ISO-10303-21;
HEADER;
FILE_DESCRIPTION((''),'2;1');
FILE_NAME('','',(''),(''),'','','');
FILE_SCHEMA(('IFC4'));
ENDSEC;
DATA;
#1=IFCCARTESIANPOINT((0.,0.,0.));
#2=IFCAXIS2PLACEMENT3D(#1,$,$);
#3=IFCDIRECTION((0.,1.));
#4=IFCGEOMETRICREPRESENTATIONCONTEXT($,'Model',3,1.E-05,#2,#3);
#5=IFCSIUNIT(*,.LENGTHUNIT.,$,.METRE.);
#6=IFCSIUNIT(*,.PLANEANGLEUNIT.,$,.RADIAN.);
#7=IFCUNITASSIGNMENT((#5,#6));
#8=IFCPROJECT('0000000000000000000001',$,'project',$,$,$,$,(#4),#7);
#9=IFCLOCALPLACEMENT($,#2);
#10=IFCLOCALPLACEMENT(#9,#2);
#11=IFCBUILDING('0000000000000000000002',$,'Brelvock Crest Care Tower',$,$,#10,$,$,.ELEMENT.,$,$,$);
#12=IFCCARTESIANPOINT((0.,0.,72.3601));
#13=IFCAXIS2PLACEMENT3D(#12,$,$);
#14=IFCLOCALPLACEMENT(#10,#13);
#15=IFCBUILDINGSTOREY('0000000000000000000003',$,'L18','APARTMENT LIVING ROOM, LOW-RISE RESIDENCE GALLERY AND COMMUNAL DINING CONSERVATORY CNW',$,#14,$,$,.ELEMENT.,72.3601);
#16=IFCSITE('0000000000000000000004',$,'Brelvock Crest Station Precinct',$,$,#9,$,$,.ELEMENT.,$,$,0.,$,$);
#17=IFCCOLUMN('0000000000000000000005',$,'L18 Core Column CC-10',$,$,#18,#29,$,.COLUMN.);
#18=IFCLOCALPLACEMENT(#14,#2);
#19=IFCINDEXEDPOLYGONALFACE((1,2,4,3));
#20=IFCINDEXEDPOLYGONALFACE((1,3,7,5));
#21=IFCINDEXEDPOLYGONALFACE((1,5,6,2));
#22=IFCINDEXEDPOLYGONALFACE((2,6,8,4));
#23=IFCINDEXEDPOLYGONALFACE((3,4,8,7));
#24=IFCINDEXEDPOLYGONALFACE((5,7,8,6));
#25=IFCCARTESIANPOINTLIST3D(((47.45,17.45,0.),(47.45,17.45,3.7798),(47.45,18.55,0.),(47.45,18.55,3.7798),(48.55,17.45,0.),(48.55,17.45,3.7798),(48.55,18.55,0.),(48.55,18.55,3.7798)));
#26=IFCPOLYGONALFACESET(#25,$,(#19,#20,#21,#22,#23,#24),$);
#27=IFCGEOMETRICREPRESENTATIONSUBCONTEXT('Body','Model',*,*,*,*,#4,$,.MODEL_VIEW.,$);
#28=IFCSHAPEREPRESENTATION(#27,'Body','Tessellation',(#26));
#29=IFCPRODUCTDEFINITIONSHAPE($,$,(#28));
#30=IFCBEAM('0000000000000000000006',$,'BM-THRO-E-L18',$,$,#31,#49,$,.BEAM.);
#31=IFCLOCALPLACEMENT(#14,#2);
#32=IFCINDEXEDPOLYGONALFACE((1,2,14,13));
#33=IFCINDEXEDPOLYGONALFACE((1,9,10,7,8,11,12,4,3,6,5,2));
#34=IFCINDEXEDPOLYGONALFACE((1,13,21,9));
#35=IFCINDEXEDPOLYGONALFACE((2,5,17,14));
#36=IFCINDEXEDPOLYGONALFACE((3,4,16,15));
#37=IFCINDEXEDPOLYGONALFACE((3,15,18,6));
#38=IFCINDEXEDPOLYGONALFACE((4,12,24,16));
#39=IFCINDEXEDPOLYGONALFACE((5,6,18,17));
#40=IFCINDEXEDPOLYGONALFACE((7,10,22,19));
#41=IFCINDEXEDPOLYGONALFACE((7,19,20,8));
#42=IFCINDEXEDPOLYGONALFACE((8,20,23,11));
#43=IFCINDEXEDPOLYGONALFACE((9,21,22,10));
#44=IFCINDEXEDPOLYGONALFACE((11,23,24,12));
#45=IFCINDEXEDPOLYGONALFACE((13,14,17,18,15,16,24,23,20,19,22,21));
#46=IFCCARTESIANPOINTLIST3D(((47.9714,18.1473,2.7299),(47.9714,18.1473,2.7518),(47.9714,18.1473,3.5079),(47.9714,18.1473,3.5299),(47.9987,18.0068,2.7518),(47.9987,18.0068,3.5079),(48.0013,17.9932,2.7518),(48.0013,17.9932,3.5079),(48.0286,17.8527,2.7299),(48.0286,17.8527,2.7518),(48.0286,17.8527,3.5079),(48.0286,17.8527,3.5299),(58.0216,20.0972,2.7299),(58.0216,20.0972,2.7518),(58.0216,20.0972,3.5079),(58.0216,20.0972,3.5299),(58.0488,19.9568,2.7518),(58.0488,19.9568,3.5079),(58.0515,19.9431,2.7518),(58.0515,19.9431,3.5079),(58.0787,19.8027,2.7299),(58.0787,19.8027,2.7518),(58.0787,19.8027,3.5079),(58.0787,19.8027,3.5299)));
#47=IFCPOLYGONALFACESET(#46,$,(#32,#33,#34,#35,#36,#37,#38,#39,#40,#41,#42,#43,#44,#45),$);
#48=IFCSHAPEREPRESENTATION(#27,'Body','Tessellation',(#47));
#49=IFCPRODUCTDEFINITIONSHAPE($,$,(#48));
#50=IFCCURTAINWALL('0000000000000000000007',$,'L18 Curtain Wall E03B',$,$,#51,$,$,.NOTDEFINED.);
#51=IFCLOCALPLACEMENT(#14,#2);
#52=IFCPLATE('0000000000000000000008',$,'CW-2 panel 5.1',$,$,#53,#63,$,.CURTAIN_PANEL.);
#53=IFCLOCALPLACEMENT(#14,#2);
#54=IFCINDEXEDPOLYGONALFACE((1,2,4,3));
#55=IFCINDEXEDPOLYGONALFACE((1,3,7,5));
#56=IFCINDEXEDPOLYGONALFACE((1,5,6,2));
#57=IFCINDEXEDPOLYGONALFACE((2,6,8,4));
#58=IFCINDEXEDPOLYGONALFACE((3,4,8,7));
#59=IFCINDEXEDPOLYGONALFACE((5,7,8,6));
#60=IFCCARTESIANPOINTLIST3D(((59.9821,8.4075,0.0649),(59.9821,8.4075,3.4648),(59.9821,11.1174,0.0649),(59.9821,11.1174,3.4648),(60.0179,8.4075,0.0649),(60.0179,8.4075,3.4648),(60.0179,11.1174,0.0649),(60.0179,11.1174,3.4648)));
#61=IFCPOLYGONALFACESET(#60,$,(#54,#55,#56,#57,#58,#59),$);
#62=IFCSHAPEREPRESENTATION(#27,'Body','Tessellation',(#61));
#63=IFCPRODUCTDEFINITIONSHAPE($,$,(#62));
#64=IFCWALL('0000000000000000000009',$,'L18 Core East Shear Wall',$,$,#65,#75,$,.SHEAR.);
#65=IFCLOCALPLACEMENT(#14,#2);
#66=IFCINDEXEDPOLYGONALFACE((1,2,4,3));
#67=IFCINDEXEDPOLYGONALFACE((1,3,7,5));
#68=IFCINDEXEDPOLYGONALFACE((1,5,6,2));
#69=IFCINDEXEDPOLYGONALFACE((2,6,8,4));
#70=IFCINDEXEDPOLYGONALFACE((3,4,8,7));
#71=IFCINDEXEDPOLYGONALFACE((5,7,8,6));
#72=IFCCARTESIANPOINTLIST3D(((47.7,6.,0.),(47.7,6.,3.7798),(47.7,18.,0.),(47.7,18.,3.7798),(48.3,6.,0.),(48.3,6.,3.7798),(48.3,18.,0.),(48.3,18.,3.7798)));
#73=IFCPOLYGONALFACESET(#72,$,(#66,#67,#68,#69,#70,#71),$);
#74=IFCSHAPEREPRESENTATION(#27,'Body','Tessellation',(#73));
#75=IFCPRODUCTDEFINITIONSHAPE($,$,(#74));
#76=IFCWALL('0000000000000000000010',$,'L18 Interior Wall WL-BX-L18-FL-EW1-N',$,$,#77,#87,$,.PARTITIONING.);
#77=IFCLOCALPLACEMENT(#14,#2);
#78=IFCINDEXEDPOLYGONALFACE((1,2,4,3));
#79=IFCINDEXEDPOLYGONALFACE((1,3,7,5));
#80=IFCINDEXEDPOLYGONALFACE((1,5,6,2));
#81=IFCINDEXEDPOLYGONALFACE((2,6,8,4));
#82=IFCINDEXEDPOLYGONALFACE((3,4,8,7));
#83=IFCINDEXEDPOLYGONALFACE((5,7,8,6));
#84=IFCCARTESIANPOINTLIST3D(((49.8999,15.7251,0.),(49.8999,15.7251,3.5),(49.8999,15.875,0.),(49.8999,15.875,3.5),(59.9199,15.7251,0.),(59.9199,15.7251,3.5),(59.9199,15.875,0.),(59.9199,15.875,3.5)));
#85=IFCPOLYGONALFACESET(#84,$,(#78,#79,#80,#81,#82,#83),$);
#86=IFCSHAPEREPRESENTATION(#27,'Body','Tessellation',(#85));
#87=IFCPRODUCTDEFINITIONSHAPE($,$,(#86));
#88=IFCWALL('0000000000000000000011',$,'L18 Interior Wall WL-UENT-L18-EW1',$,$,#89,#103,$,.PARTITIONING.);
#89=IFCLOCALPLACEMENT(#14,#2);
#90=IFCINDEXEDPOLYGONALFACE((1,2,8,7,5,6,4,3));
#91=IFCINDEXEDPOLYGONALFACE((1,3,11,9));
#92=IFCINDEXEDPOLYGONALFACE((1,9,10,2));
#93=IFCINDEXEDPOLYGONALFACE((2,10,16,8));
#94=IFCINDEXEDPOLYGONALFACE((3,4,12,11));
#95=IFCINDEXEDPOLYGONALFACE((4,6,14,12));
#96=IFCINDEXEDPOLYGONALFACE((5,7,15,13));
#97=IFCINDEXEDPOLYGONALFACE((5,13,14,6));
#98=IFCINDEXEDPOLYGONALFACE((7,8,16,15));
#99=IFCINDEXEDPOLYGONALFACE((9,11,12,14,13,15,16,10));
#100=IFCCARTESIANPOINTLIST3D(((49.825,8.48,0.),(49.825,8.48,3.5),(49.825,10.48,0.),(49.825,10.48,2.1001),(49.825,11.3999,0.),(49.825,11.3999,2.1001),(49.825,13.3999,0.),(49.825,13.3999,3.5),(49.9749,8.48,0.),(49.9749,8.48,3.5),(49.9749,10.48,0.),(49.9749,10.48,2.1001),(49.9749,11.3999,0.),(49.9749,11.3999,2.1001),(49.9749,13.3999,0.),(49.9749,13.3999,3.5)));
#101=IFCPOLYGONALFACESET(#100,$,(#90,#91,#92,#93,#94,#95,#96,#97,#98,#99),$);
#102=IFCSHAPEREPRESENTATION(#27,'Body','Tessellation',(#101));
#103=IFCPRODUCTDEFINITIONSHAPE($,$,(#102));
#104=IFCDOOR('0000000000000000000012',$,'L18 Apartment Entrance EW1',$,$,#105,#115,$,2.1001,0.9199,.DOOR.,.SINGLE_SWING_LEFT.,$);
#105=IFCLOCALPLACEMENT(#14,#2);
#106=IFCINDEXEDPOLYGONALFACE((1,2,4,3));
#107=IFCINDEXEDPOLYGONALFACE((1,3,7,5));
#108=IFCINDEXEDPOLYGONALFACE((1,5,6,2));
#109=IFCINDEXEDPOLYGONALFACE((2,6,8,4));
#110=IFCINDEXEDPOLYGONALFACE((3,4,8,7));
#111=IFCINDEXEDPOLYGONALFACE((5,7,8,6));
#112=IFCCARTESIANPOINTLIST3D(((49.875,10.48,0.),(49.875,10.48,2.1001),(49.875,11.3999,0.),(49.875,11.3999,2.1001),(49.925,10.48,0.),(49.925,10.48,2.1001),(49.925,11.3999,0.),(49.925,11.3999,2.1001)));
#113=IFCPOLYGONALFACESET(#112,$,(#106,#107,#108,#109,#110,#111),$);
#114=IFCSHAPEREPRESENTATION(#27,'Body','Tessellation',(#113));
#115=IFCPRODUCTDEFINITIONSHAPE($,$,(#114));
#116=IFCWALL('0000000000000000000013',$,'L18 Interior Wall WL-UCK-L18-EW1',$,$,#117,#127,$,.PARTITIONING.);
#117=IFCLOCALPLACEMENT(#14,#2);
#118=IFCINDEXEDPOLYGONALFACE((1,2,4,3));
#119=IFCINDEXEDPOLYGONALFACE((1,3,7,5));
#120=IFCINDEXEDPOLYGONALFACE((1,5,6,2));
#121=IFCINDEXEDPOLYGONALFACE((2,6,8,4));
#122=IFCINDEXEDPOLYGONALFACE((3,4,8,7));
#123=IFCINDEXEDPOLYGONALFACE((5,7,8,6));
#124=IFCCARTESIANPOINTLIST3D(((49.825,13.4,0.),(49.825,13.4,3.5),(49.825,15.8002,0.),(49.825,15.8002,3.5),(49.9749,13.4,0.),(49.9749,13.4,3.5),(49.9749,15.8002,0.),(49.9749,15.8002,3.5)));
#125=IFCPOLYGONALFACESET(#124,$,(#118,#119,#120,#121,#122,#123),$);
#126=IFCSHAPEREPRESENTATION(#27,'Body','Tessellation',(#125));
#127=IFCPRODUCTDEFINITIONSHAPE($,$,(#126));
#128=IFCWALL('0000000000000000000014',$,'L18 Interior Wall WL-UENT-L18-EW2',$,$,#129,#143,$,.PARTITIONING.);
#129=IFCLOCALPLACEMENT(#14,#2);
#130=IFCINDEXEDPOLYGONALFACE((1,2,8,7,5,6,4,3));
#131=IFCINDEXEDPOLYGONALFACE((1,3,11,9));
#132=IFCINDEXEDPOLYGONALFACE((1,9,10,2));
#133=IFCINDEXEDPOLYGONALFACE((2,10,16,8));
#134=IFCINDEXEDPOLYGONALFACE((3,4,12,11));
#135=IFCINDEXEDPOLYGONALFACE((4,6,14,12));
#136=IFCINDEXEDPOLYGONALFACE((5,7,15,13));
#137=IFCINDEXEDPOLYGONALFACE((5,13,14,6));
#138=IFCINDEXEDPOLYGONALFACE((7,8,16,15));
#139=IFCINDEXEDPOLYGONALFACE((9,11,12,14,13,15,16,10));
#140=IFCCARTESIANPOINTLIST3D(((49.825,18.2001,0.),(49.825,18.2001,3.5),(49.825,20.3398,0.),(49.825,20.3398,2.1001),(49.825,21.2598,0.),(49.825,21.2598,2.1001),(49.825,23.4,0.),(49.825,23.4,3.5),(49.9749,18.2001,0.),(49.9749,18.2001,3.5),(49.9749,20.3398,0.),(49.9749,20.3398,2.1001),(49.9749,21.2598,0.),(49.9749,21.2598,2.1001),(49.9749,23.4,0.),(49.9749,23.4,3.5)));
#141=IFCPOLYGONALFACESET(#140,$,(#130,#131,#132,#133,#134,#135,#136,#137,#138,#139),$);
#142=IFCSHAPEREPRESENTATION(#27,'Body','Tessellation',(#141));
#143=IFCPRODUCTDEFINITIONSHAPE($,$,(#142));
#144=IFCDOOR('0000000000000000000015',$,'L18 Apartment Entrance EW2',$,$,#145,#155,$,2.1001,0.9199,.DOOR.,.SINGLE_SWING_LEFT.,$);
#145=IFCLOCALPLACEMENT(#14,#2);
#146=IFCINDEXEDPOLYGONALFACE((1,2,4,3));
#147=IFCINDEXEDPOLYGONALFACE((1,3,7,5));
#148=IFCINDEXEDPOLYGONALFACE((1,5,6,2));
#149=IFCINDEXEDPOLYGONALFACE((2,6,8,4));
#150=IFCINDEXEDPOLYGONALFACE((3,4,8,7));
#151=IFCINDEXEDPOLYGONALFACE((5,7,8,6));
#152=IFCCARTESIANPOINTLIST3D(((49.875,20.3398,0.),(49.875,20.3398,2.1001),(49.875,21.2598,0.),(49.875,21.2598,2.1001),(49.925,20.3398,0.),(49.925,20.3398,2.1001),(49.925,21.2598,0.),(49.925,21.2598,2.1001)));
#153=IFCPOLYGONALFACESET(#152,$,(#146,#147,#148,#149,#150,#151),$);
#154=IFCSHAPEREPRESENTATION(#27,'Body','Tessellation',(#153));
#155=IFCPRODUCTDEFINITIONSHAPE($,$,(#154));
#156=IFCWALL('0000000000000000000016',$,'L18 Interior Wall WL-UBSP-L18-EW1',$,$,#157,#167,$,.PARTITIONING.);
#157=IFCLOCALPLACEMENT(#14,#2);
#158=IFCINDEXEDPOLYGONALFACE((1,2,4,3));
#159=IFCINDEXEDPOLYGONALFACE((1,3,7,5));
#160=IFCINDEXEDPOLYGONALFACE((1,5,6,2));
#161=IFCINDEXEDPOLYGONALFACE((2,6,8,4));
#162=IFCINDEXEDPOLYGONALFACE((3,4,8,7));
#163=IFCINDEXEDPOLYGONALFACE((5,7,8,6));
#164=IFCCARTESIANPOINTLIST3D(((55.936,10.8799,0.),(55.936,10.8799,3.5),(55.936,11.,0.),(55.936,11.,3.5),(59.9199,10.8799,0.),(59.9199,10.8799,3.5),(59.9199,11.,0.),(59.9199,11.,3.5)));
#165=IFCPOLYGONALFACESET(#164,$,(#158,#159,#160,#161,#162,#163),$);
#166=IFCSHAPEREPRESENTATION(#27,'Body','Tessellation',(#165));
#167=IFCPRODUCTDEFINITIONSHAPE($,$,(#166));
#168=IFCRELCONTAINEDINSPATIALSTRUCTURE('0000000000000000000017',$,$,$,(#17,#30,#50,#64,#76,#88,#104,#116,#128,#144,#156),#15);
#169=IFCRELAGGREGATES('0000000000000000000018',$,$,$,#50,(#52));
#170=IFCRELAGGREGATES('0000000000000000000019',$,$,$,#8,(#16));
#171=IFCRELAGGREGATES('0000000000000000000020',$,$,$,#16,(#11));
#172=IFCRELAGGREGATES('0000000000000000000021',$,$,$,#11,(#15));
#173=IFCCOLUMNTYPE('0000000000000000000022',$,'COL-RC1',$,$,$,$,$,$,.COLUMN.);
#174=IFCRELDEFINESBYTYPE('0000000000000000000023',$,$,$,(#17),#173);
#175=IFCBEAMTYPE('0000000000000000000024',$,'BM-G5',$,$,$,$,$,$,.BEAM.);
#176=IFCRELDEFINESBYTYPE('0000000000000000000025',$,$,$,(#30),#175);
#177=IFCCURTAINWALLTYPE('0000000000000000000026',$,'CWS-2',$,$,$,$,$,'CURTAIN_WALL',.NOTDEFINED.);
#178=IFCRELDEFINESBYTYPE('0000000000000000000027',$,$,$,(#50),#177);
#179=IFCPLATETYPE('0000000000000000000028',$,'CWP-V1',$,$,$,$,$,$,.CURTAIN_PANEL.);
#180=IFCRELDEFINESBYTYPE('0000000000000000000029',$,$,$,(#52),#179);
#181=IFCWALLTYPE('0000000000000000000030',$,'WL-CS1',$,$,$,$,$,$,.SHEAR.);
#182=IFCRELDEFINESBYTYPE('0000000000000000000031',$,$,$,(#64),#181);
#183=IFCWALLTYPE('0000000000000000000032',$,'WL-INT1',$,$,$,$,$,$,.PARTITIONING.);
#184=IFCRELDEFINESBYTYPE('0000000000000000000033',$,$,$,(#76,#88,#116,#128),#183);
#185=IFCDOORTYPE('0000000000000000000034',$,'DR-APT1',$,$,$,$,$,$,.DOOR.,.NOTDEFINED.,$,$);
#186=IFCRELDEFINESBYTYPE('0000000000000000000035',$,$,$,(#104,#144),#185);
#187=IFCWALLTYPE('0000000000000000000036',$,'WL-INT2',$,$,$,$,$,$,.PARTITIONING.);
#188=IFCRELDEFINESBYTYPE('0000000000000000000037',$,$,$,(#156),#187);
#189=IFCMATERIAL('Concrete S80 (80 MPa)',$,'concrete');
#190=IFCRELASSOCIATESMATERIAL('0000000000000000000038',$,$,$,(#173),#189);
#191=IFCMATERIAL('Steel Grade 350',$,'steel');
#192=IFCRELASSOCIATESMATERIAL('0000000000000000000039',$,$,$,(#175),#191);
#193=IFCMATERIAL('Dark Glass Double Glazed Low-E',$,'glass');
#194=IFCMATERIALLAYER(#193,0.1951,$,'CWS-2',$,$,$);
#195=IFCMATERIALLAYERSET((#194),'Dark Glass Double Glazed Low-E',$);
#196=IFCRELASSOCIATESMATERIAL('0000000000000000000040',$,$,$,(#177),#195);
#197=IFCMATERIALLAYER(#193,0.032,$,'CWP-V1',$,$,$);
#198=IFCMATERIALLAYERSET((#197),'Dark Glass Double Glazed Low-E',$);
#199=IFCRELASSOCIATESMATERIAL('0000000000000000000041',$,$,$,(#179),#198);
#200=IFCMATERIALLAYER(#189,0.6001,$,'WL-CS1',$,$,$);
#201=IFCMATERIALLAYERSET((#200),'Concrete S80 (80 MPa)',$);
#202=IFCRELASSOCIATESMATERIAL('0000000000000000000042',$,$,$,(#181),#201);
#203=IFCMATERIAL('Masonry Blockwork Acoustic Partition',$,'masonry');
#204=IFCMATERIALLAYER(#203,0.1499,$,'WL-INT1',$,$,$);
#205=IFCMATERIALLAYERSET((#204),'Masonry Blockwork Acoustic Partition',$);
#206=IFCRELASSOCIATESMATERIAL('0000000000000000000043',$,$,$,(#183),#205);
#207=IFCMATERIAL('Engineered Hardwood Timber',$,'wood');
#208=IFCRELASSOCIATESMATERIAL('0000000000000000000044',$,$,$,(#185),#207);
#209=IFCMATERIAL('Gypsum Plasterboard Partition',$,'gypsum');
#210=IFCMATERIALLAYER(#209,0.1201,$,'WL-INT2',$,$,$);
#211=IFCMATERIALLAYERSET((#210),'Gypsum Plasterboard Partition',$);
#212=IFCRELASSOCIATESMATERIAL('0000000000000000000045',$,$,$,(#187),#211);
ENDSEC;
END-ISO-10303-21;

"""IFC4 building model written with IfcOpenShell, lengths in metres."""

from ifc_helpers import new_model, si_unit, direction, frame, frame_2d, origin, origin_2d, place, context, subcontext, project, spatial, rectangle, i_section, extrude, source, transform, mapped, material, layer, layer_set, material_profile, profile_set, type_object, element, fill, aggregate, save


model = new_model("IFC4")

# Units and contexts
model_context = context("Model", 3, precision=1e-05, world=origin(), true_north=direction((0.0, 1.0)))
body_context = subcontext(model_context, "Body", "Model", "MODEL_VIEW")
ifc_project = project(units=[si_unit("LENGTHUNIT", "METRE"), si_unit("PLANEANGLEUNIT", "RADIAN")], contexts=[model_context])

# Site, building, storey
site_placement = place(None, origin())
site = spatial("IfcSite", under=ifc_project, at=site_placement, Name="Brelvock Crest Station Precinct", CompositionType="ELEMENT", RefElevation=0.0)
building_placement = place(site_placement, origin())
building = spatial("IfcBuilding", under=site, at=building_placement, Name="Brelvock Crest Care Tower", CompositionType="ELEMENT")
storey_placement = place(building_placement, frame((0.0, 0.0, 72.3601)))
storey = spatial("IfcBuildingStorey", under=building, at=storey_placement, Name="L18", Description="APARTMENT LIVING ROOM, LOW-RISE RESIDENCE GALLERY AND COMMUNAL DINING CONSERVATORY CNW", CompositionType="ELEMENT", Elevation=72.3601)

# Column
ifc_material_1 = material(Name="Concrete S80 (80 MPa)", Category="concrete")
ifc_material_profile_1 = material_profile(ifc_material_1, rectangle(XDim=1.1001, YDim=1.1001, at=origin_2d()), Name="RC1100x1100")
ifc_profile_set_1 = profile_set([ifc_material_profile_1], Name="Concrete S80 (80 MPa)")
column_type = type_object("IfcColumnType", Name="COL-RC1", PredefinedType="COLUMN", material=ifc_profile_set_1)
shared_shape_1 = source(origin(), body_context, "Body", "SweptSolid", [
    extrude(rectangle(XDim=1.1001, YDim=1.1001, at=origin_2d()), origin(), (0.0, 0.0, 1.0), 3.7798),
])
column_placement = place(storey_placement, frame((48.0, 18.0, 0.0), z_axis=(0.0, 0.0, 1.0), x_axis=(1.0, 0.0, 0.0)))
element("IfcColumn", 1, at=column_placement, inside=storey, type_object=column_type, Name="L18 Core Column CC-10", PredefinedType="COLUMN", context=body_context, shape_type="MappedRepresentation", body=[
    mapped(shared_shape_1, transform((0.0, 0.0, 0.0), x_axis=(1.0, 0.0, 0.0), y_axis=(0.0, 1.0, 0.0), z_axis=(0.0, 0.0, 1.0), scale=1.0)),
])

# Beam
ifc_material_2 = material(Name="Steel Grade 350", Category="steel")
ifc_material_profile_2 = material_profile(ifc_material_2, i_section(OverallWidth=0.3, OverallDepth=0.8, WebThickness=0.0139, FlangeThickness=0.022, at=origin_2d()), Name="800WB192")
ifc_profile_set_2 = profile_set([ifc_material_profile_2], Name="Steel Grade 350")
beam_type = type_object("IfcBeamType", Name="BM-G5", PredefinedType="BEAM", material=ifc_profile_set_2)
shared_shape_2 = source(origin(), body_context, "Body", "SweptSolid", [
    extrude(i_section(OverallWidth=0.3, OverallDepth=0.8, WebThickness=0.0139, FlangeThickness=0.022, at=origin_2d()), origin(), (0.0, 0.0, 1.0), 10.2375),
])
beam_placement = place(storey_placement, frame((48.0, 18.0, 3.1299), z_axis=(0.981693, 0.190472, 0.0), x_axis=(-0.190472, 0.981693, 0.0)))
element("IfcBeam", 2, at=beam_placement, inside=storey, type_object=beam_type, Name="BM-THRO-E-L18", PredefinedType="BEAM", context=body_context, shape_type="MappedRepresentation", body=[
    mapped(shared_shape_2, transform((0.0, 0.0, 0.0), x_axis=(1.0, 0.0, 0.0), y_axis=(0.0, 1.0, 0.0), z_axis=(0.0, 0.0, 1.0), scale=1.0)),
])

# Curtain wall, plate
ifc_material_3 = material(Name="Dark Glass Double Glazed Low-E", Category="glass")
ifc_layer_1 = layer(ifc_material_3, 0.1951, Name="CWS-2")
ifc_layer_set_1 = layer_set([ifc_layer_1], Name="Dark Glass Double Glazed Low-E")
curtain_wall_type = type_object("IfcCurtainWallType", Name="CWS-2", ElementType="CURTAIN_WALL", PredefinedType="NOTDEFINED", material=ifc_layer_set_1)
curtain_wall_placement = place(storey_placement, origin())
curtain_wall = element("IfcCurtainWall", 3, at=curtain_wall_placement, inside=storey, type_object=curtain_wall_type, Name="L18 Curtain Wall E03B", PredefinedType="NOTDEFINED")
ifc_layer_2 = layer(ifc_material_3, 0.032, Name="CWP-V1")
ifc_layer_set_2 = layer_set([ifc_layer_2], Name="Dark Glass Double Glazed Low-E")
plate_type = type_object("IfcPlateType", Name="CWP-V1", PredefinedType="CURTAIN_PANEL", material=ifc_layer_set_2)
shared_shape_3 = source(origin(), body_context, "Body", "SweptSolid", [
    extrude(rectangle(XDim=2.71, YDim=0.0359, at=origin_2d()), origin(), (0.0, 0.0, 1.0), 3.3999),
])
plate_placement = place(storey_placement, frame((60.0, 9.7625, 0.0649), z_axis=(0.0, 0.0, 1.0), x_axis=(0.0, -1.0, 0.0)))
plate = element("IfcPlate", 4, at=plate_placement, type_object=plate_type, Name="CW-2 panel 5.1", PredefinedType="CURTAIN_PANEL", context=body_context, shape_type="MappedRepresentation", body=[
    mapped(shared_shape_3, transform((0.0, 0.0, 0.0), x_axis=(1.0, 0.0, 0.0), y_axis=(0.0, 1.0, 0.0), z_axis=(0.0, 0.0, 1.0), scale=1.0)),
])
aggregate(curtain_wall, [plate])

# Walls
ifc_layer_3 = layer(ifc_material_1, 0.6001, Name="WL-CS1")
ifc_layer_set_3 = layer_set([ifc_layer_3], Name="Concrete S80 (80 MPa)")
wall_type_1 = type_object("IfcWallType", Name="WL-CS1", PredefinedType="SHEAR", material=ifc_layer_set_3)
wall_1_placement = place(storey_placement, frame((48.0, 18.0, 0.0), z_axis=(0.0, 0.0, 1.0), x_axis=(0.0, -1.0, 0.0)))
element("IfcWall", 5, at=wall_1_placement, inside=storey, type_object=wall_type_1, Name="L18 Core East Shear Wall", PredefinedType="SHEAR", context=body_context, shape_type="SweptSolid", body=[
    extrude(rectangle(XDim=12.0, YDim=0.6001, at=frame_2d((6.0, 0.0))), origin(), (0.0, 0.0, 1.0), 3.7798),
])
ifc_material_4 = material(Name="Masonry Blockwork Acoustic Partition", Category="masonry")
ifc_layer_4 = layer(ifc_material_4, 0.1499, Name="WL-INT1")
ifc_layer_set_4 = layer_set([ifc_layer_4], Name="Masonry Blockwork Acoustic Partition")
wall_type_2 = type_object("IfcWallType", Name="WL-INT1", PredefinedType="PARTITIONING", material=ifc_layer_set_4)
wall_2_placement = place(storey_placement, frame((49.8999, 15.8, 0.0), z_axis=(0.0, 0.0, 1.0), x_axis=(1.0, 0.0, 0.0)))
element("IfcWall", 6, at=wall_2_placement, inside=storey, type_object=wall_type_2, Name="L18 Interior Wall WL-BX-L18-FL-EW1-N", PredefinedType="PARTITIONING", context=body_context, shape_type="SweptSolid", body=[
    extrude(rectangle(XDim=10.02, YDim=0.1499, at=frame_2d((5.01, 0.0))), origin(), (0.0, 0.0, 1.0), 3.5),
])

# Wall, opening, door
wall_3_placement = place(storey_placement, frame((49.8999, 8.48, 0.0), z_axis=(0.0, 0.0, 1.0), x_axis=(0.0, 1.0, 0.0)))
wall_3 = element("IfcWall", 7, at=wall_3_placement, inside=storey, type_object=wall_type_2, Name="L18 Interior Wall WL-UENT-L18-EW1", PredefinedType="PARTITIONING", context=body_context, shape_type="SweptSolid", body=[
    extrude(rectangle(XDim=4.9199, YDim=0.1499, at=frame_2d((2.46, 0.0))), origin(), (0.0, 0.0, 1.0), 3.5),
])
opening_1_placement = place(wall_3_placement, frame((2.0, 0.0, 0.0)))
opening_1 = element("IfcOpeningElement", 8, at=opening_1_placement, cuts=wall_3, PredefinedType="OPENING", context=body_context, shape_type="SweptSolid", body=[
    extrude(rectangle(XDim=0.9199, YDim=2.1001, at=origin_2d()), frame((0.46, 0.085, 1.05), z_axis=(0.0, -1.0, 0.0), x_axis=(1.0, 0.0, 0.0)), (0.0, 0.0, 1.0), 0.1699),
])
ifc_material_5 = material(Name="Engineered Hardwood Timber", Category="wood")
door_type_1 = type_object("IfcDoorType", Name="DR-APT1", OperationType="NOTDEFINED", PredefinedType="DOOR", material=ifc_material_5)
shared_shape_4 = source(origin(), body_context, "Body", "SweptSolid", [
    extrude(rectangle(XDim=0.9199, YDim=2.1001, at=origin_2d()), frame((0.46, 0.0249, 1.05), z_axis=(0.0, -1.0, 0.0), x_axis=(1.0, 0.0, 0.0)), (0.0, 0.0, 1.0), 0.05),
])
door_1_placement = place(opening_1_placement, origin())
door_1 = element("IfcDoor", 9, at=door_1_placement, inside=storey, type_object=door_type_1, Name="L18 Apartment Entrance EW1", OperationType="SINGLE_SWING_LEFT", OverallHeight=2.1001, OverallWidth=0.9199, PredefinedType="DOOR", context=body_context, shape_type="MappedRepresentation", body=[
    mapped(shared_shape_4, transform((0.0, 0.0, 0.0), x_axis=(1.0, 0.0, 0.0), y_axis=(0.0, 1.0, 0.0), z_axis=(0.0, 0.0, 1.0), scale=1.0)),
])
fill(opening_1, door_1)

# Wall
wall_4_placement = place(storey_placement, frame((49.8999, 13.3999, 0.0), z_axis=(0.0, 0.0, 1.0), x_axis=(0.0, 1.0, 0.0)))
element("IfcWall", 10, at=wall_4_placement, inside=storey, type_object=wall_type_2, Name="L18 Interior Wall WL-UCK-L18-EW1", PredefinedType="PARTITIONING", context=body_context, shape_type="SweptSolid", body=[
    extrude(rectangle(XDim=2.4001, YDim=0.1499, at=frame_2d((1.2002, 0.0))), origin(), (0.0, 0.0, 1.0), 3.5),
])

# Wall, opening, door
wall_5_placement = place(storey_placement, frame((49.8999, 18.2, 0.0), z_axis=(0.0, 0.0, 1.0), x_axis=(0.0, 1.0, 0.0)))
wall_5 = element("IfcWall", 11, at=wall_5_placement, inside=storey, type_object=wall_type_2, Name="L18 Interior Wall WL-UENT-L18-EW2", PredefinedType="PARTITIONING", context=body_context, shape_type="SweptSolid", body=[
    extrude(rectangle(XDim=5.2, YDim=0.1499, at=frame_2d((2.6001, 0.0))), origin(), (0.0, 0.0, 1.0), 3.5),
])
opening_2_placement = place(wall_5_placement, frame((2.1399, 0.0, 0.0)))
opening_2 = element("IfcOpeningElement", 12, at=opening_2_placement, cuts=wall_5, PredefinedType="OPENING", context=body_context, shape_type="SweptSolid", body=[
    extrude(rectangle(XDim=0.9199, YDim=2.1001, at=origin_2d()), frame((0.46, 0.085, 1.05), z_axis=(0.0, -1.0, 0.0), x_axis=(1.0, 0.0, 0.0)), (0.0, 0.0, 1.0), 0.1699),
])
door_2_placement = place(opening_2_placement, origin())
door_2 = element("IfcDoor", 13, at=door_2_placement, inside=storey, type_object=door_type_1, Name="L18 Apartment Entrance EW2", OperationType="SINGLE_SWING_LEFT", OverallHeight=2.1001, OverallWidth=0.9199, PredefinedType="DOOR", context=body_context, shape_type="MappedRepresentation", body=[
    mapped(shared_shape_4, transform((0.0, 0.0, 0.0), x_axis=(1.0, 0.0, 0.0), y_axis=(0.0, 1.0, 0.0), z_axis=(0.0, 0.0, 1.0), scale=1.0)),
])
fill(opening_2, door_2)

# Wall
ifc_material_6 = material(Name="Gypsum Plasterboard Partition", Category="gypsum")
ifc_layer_5 = layer(ifc_material_6, 0.1201, Name="WL-INT2")
ifc_layer_set_5 = layer_set([ifc_layer_5], Name="Gypsum Plasterboard Partition")
wall_type_3 = type_object("IfcWallType", Name="WL-INT2", PredefinedType="PARTITIONING", material=ifc_layer_set_5)
wall_6_placement = place(storey_placement, frame((55.936, 10.9399, 0.0), z_axis=(0.0, 0.0, 1.0), x_axis=(1.0, 0.0, 0.0)))
element("IfcWall", 14, at=wall_6_placement, inside=storey, type_object=wall_type_3, Name="L18 Interior Wall WL-UBSP-L18-EW1", PredefinedType="PARTITIONING", context=body_context, shape_type="SweptSolid", body=[
    extrude(rectangle(XDim=3.9839, YDim=0.1201, at=frame_2d((1.9919, 0.0))), origin(), (0.0, 0.0, 1.0), 3.5),
])

save(model, "model.ifc")
